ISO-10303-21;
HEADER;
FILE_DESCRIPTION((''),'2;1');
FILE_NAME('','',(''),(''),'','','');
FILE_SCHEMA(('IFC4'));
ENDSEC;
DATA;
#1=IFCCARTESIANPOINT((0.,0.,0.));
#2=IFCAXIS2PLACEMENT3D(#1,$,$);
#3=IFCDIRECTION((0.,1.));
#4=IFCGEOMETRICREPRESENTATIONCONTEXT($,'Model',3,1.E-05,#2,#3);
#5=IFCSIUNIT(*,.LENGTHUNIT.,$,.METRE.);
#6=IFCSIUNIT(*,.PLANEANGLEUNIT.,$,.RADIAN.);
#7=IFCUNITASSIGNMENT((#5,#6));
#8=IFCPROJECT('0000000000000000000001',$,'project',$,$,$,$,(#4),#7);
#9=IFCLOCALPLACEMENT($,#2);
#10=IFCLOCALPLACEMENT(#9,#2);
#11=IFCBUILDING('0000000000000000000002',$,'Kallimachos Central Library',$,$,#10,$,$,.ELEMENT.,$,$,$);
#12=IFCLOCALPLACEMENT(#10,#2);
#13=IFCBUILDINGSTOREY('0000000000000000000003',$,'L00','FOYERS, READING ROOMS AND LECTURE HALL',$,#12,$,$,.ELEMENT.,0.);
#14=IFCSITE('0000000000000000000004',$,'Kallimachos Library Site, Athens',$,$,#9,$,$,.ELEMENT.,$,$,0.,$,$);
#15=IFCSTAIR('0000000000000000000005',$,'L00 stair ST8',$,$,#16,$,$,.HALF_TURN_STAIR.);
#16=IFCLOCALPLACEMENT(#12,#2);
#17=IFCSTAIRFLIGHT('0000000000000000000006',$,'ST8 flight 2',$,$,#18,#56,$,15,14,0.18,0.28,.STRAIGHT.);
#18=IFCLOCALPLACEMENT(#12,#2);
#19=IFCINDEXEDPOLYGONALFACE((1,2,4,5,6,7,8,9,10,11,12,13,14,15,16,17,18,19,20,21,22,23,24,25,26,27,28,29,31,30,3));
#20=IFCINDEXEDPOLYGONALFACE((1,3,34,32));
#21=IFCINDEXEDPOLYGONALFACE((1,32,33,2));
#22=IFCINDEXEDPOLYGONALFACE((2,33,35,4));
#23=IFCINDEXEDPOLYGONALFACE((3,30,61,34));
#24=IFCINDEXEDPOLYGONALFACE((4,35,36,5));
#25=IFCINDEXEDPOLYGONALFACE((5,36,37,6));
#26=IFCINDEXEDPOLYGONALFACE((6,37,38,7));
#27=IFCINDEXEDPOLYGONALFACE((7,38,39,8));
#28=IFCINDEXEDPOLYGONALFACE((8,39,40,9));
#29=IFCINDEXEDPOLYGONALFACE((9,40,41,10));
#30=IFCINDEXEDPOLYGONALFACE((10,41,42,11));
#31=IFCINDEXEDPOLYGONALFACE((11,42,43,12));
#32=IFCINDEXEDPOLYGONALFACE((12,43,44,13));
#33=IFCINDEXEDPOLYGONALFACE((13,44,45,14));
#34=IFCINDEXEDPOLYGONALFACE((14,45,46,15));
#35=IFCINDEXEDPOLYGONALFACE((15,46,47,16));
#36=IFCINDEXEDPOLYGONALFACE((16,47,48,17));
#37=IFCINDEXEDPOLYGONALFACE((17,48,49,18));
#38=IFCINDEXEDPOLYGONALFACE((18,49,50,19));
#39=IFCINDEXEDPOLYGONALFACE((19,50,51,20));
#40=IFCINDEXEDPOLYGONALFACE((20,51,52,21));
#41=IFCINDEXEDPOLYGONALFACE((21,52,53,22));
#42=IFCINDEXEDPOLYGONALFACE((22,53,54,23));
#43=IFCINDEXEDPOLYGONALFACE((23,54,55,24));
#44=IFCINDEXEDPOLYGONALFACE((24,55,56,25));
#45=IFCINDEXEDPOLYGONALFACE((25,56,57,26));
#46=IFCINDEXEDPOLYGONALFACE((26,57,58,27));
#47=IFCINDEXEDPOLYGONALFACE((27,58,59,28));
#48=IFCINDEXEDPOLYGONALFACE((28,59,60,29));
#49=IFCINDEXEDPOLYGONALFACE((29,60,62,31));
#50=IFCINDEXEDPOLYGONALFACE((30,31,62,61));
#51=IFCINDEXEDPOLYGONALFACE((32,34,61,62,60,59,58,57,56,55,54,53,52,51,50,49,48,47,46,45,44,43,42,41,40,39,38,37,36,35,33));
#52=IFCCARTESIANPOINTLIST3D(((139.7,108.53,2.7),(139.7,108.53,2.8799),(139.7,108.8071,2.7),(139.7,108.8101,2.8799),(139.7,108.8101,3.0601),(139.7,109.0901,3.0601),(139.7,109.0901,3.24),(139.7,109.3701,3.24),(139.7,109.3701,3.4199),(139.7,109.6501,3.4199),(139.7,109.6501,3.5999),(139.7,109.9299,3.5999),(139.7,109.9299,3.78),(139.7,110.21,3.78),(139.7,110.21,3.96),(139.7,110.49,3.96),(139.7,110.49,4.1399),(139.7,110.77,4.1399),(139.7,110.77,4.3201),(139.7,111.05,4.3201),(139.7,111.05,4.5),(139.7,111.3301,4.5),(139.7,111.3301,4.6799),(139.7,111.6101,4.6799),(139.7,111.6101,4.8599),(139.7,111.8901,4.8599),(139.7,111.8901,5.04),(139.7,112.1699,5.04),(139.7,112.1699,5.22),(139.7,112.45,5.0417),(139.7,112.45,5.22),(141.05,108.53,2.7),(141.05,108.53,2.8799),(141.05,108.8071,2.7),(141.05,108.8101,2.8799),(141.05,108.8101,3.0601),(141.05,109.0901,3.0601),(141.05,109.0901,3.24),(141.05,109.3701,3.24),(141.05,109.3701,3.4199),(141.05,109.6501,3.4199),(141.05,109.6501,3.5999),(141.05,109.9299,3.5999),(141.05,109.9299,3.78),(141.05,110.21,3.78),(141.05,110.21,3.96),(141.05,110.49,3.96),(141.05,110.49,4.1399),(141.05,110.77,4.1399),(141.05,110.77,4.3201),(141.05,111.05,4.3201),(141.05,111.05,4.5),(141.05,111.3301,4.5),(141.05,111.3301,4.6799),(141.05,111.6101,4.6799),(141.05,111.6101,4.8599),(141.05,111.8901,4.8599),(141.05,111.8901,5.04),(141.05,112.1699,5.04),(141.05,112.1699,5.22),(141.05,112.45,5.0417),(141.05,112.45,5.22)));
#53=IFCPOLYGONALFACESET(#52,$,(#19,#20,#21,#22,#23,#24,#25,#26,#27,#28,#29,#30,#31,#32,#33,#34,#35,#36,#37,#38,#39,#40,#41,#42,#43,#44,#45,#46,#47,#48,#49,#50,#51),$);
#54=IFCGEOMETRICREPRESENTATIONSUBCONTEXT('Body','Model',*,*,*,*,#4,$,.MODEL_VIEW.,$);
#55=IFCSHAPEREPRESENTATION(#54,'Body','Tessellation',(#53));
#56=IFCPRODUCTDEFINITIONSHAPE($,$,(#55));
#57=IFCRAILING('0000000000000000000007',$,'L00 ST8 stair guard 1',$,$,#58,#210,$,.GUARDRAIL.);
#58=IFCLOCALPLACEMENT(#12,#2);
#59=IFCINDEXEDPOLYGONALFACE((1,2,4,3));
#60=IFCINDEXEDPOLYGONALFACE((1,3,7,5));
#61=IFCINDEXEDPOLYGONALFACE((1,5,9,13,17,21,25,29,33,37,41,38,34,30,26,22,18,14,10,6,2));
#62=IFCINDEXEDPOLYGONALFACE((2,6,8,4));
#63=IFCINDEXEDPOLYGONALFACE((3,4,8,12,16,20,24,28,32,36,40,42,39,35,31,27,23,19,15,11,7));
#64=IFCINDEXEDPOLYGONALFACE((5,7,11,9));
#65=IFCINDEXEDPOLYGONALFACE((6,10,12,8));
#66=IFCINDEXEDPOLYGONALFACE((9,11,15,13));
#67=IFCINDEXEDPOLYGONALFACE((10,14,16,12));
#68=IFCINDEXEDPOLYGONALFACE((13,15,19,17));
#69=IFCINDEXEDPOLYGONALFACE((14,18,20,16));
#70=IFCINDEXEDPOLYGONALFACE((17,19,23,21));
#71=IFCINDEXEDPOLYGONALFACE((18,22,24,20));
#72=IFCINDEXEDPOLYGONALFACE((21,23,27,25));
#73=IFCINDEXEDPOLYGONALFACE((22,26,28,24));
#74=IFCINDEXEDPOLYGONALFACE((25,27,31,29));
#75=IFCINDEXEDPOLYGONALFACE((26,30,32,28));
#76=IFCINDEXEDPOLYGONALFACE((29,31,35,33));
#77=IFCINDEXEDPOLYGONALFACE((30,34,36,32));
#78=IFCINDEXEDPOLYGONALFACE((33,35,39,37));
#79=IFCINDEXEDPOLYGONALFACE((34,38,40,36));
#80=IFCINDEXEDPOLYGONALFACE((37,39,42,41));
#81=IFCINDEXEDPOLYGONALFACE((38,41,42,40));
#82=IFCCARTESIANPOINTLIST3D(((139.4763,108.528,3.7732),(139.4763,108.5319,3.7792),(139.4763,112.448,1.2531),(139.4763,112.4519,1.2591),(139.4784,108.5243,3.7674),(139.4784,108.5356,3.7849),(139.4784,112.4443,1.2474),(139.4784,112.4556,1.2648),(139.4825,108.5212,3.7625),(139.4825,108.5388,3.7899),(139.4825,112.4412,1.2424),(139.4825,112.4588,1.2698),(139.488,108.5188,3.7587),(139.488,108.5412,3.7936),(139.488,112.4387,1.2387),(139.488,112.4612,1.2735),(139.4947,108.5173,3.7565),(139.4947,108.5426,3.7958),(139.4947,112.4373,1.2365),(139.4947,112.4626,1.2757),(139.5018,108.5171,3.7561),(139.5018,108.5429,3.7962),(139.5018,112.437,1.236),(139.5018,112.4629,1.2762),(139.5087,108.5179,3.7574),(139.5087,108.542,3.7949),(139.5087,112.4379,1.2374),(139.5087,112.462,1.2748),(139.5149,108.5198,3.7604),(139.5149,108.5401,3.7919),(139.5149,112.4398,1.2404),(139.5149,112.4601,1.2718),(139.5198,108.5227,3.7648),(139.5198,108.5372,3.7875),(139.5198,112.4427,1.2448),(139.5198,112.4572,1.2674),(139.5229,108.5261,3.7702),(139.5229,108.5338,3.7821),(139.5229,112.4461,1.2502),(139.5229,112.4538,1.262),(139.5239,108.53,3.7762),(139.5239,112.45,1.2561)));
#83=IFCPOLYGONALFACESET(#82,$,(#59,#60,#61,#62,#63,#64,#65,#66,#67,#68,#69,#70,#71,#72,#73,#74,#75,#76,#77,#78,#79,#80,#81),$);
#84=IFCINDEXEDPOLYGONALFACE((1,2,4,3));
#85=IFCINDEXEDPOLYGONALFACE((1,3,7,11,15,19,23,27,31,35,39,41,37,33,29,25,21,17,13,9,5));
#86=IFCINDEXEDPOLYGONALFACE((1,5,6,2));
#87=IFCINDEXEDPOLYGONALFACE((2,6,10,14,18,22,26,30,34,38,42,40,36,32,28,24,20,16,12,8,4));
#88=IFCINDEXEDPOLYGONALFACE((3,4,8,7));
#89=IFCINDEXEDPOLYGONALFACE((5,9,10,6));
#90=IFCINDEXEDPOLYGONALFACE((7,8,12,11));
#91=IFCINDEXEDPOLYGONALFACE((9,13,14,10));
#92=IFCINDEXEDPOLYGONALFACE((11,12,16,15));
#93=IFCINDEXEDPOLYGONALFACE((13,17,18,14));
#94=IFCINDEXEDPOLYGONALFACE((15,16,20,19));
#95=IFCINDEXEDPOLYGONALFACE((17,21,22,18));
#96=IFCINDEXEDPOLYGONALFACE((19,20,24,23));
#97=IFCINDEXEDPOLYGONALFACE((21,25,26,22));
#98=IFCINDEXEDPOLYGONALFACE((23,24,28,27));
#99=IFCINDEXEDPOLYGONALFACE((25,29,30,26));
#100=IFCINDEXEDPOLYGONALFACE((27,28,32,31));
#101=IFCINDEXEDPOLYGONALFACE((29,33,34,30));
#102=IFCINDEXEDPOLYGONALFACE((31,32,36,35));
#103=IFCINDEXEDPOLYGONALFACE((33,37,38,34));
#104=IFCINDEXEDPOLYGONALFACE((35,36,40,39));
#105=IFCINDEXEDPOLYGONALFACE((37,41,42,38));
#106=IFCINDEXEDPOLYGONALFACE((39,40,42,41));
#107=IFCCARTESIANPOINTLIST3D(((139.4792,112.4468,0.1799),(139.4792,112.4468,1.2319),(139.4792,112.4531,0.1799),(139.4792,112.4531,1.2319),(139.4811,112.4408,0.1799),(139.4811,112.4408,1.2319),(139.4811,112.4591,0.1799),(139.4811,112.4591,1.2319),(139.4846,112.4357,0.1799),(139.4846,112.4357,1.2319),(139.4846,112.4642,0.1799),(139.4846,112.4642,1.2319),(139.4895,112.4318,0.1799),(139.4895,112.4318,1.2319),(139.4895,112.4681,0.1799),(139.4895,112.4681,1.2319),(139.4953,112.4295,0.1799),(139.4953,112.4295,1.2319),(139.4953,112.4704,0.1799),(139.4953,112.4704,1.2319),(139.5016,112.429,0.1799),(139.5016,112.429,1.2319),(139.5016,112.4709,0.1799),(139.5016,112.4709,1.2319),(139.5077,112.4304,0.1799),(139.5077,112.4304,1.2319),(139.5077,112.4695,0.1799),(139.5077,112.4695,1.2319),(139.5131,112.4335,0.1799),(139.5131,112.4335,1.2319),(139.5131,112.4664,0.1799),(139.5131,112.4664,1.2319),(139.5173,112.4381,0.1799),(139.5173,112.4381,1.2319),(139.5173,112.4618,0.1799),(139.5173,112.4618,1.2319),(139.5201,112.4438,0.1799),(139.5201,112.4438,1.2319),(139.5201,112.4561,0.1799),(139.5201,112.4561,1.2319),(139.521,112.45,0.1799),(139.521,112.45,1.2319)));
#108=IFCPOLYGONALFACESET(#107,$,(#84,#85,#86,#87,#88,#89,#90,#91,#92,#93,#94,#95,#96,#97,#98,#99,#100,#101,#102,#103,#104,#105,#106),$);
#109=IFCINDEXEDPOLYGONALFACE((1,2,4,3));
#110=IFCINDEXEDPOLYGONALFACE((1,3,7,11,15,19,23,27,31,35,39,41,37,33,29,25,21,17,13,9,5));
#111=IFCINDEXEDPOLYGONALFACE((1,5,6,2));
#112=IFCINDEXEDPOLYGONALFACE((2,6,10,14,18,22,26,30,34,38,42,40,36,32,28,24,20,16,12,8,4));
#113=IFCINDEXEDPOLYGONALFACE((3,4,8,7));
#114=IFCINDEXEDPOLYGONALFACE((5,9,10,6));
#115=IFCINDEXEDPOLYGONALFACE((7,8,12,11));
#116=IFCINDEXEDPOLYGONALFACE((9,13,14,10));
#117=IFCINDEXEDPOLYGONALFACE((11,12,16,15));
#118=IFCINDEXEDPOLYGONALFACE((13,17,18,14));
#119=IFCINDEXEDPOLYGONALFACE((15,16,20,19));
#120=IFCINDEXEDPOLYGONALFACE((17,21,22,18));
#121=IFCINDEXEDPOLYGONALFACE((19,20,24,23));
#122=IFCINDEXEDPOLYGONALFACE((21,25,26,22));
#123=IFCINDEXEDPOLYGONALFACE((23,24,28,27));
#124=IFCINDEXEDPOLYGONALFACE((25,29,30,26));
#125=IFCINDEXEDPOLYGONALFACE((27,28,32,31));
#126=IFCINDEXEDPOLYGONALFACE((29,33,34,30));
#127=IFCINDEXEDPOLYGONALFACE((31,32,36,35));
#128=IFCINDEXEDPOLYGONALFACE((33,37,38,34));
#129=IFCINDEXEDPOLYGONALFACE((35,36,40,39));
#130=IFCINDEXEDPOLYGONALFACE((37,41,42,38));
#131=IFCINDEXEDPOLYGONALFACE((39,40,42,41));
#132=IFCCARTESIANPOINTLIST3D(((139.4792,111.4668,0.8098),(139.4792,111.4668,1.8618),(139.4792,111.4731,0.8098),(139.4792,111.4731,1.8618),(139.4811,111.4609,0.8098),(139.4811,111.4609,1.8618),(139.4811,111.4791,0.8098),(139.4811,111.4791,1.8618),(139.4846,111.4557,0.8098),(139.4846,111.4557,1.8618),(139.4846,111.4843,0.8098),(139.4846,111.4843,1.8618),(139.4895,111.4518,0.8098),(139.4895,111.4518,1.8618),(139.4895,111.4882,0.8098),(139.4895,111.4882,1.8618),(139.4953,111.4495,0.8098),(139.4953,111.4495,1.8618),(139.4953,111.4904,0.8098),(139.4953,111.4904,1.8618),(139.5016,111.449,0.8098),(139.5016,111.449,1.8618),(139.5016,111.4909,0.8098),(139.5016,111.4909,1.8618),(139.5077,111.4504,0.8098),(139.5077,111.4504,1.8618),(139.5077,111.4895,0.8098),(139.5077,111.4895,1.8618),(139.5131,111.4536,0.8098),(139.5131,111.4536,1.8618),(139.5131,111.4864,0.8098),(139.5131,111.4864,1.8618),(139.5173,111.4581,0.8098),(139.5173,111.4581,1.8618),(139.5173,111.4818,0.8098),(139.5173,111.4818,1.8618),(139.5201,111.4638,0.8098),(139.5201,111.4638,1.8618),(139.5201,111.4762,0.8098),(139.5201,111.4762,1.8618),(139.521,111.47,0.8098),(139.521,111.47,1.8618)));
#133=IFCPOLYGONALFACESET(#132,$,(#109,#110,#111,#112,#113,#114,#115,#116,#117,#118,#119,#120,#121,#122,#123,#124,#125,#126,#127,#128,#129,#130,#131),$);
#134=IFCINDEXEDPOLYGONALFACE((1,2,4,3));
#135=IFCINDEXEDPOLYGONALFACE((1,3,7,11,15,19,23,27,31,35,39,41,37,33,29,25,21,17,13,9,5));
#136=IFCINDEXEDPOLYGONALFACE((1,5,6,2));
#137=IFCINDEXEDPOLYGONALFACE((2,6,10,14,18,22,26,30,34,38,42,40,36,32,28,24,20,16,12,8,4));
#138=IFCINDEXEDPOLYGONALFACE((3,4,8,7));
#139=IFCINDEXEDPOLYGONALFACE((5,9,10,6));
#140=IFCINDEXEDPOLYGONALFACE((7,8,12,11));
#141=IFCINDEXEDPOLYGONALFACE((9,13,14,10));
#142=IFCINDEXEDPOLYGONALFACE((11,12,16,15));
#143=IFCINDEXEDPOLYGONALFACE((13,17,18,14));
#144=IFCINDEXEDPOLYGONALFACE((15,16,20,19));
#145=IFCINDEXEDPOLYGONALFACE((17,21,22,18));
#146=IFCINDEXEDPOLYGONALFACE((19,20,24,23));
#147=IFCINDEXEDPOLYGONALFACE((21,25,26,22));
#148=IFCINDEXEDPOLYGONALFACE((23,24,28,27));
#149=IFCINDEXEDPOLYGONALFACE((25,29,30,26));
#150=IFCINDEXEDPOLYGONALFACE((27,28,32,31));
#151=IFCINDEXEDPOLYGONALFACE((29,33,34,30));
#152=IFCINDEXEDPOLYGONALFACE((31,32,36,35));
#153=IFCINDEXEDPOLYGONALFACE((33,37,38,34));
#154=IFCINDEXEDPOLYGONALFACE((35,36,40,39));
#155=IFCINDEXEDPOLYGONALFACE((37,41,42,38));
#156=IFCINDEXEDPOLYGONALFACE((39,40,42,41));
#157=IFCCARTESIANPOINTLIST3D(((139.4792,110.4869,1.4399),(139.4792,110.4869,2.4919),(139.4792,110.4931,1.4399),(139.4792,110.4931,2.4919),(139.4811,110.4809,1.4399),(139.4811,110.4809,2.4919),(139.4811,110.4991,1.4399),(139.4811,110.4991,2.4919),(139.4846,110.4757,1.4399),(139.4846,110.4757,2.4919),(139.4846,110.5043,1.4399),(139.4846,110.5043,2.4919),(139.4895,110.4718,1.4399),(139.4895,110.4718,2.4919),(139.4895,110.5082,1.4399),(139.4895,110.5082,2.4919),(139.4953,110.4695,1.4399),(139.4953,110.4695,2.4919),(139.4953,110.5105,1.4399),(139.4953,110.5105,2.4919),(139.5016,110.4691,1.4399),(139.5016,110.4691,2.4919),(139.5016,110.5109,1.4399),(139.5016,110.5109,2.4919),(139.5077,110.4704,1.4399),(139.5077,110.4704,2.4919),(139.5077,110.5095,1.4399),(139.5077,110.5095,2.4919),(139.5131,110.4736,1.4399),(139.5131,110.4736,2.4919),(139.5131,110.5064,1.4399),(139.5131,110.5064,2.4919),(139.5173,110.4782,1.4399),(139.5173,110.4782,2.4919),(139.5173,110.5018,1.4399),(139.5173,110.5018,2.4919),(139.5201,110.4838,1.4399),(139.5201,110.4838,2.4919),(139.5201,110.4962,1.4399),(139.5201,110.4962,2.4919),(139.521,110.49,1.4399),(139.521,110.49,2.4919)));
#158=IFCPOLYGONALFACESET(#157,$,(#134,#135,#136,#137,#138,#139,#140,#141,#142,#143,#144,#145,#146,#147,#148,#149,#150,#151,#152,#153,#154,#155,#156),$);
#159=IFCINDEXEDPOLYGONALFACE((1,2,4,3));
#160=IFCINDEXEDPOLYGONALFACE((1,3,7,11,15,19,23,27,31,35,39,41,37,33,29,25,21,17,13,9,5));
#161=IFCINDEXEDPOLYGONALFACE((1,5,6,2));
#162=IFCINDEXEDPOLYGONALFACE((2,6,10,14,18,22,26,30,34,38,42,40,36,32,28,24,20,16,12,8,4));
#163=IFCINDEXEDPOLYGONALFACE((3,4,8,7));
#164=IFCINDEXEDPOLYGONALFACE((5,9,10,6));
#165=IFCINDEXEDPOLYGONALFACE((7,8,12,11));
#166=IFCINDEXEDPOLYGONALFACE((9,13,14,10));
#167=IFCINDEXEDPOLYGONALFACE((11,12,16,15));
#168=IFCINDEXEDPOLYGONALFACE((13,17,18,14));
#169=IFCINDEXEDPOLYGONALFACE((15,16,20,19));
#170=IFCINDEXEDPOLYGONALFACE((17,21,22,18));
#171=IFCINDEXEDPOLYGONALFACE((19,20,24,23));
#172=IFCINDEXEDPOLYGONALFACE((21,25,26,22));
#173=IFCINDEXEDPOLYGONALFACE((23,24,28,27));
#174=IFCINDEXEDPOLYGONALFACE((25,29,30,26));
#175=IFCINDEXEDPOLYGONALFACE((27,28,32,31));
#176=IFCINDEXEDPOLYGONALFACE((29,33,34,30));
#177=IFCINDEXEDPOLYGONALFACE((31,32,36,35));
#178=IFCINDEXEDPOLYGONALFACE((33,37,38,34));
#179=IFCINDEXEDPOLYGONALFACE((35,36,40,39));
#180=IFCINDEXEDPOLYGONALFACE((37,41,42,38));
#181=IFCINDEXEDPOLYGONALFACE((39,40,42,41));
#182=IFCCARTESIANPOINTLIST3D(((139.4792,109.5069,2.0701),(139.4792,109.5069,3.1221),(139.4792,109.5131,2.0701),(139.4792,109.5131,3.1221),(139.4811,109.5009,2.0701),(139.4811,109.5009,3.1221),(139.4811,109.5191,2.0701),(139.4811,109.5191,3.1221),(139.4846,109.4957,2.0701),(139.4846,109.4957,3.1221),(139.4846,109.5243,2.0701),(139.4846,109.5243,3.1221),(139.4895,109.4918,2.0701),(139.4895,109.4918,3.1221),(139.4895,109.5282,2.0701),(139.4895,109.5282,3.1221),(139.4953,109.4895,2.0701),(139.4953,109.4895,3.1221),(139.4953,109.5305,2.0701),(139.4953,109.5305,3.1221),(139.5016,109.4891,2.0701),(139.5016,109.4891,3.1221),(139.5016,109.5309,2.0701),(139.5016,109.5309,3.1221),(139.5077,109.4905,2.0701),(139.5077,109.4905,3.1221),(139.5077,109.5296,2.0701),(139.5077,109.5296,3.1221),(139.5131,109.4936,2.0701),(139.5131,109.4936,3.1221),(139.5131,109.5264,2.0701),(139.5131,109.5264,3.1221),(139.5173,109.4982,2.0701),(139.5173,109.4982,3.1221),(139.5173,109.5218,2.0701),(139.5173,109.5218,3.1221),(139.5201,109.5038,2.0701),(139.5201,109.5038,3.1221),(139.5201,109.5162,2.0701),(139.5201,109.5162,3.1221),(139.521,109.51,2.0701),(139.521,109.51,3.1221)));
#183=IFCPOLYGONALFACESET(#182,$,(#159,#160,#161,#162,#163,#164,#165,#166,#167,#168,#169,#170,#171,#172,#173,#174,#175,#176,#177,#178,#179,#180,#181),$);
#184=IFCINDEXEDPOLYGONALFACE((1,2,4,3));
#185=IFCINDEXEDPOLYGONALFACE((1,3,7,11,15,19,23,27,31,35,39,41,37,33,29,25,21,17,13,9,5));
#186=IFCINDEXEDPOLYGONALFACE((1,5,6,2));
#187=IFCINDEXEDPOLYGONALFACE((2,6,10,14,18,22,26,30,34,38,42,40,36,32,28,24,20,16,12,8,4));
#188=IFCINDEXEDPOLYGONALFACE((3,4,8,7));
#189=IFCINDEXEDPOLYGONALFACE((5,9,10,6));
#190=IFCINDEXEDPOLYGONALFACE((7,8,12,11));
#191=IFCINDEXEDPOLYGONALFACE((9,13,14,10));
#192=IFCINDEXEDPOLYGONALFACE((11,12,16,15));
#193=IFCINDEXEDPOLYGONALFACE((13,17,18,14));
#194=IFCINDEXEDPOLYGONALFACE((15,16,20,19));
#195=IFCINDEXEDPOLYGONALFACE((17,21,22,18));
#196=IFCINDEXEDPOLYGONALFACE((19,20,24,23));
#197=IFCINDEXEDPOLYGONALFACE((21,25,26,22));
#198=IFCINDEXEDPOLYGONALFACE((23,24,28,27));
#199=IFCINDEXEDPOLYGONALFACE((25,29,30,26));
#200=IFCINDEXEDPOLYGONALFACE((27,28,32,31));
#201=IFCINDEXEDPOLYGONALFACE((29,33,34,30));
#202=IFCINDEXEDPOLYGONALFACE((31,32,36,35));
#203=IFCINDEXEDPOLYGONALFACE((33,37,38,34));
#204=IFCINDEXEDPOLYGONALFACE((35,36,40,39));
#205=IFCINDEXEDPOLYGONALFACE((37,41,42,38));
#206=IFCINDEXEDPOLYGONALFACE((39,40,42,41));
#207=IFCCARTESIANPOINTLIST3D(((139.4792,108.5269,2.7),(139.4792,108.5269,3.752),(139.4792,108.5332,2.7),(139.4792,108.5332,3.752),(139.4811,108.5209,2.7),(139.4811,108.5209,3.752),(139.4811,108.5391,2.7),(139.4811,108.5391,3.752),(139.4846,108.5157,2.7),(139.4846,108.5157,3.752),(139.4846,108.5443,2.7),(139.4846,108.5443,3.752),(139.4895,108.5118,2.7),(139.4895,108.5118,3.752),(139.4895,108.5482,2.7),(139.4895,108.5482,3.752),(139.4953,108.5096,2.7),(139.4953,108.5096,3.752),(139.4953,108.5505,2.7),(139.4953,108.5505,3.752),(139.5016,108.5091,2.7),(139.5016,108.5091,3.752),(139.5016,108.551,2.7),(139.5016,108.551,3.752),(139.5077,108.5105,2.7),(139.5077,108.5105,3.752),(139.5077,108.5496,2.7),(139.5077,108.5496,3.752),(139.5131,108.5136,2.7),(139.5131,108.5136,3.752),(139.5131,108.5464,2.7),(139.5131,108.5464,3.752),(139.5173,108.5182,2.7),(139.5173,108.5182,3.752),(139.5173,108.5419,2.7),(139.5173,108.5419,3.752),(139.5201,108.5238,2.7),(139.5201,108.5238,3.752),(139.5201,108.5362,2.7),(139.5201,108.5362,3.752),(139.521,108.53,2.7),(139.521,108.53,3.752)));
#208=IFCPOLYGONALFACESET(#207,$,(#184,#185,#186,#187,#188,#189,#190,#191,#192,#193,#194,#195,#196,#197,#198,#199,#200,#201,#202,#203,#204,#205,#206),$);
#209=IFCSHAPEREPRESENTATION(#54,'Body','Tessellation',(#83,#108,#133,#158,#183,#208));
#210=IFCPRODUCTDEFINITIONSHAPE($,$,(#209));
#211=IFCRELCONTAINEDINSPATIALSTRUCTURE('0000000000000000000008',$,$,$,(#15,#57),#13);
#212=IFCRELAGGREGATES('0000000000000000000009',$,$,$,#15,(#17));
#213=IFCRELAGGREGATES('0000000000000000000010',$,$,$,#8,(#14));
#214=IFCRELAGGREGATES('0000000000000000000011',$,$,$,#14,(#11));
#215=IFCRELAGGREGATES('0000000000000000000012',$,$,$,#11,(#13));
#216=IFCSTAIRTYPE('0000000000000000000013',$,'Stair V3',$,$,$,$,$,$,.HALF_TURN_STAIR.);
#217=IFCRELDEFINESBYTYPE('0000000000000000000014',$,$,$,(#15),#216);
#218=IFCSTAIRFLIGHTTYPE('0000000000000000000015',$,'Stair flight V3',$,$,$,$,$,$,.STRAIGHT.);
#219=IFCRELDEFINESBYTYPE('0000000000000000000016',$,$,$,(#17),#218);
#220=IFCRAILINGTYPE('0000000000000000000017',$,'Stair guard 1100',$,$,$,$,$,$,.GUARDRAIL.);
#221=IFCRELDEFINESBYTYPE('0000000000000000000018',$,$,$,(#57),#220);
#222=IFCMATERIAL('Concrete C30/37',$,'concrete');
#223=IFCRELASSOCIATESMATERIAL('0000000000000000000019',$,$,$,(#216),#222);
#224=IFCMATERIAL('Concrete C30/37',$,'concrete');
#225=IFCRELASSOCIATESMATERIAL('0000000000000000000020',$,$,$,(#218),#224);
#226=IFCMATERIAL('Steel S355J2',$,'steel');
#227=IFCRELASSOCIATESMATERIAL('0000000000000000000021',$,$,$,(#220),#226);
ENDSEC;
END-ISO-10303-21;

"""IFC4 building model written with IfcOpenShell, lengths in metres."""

from ifc_helpers import new_model, si_unit, direction, frame, origin, origin_2d, place, context, subcontext, project, spatial, polyline, circle, outline, extrude, material, type_object, element, aggregate, save


model = new_model("IFC4")

# Units and contexts
model_context = context("Model", 3, precision=1e-05, world=origin(), true_north=direction((0.0, 1.0)))
body_context = subcontext(model_context, "Body", "Model", "MODEL_VIEW")
ifc_project = project(units=[si_unit("LENGTHUNIT", "METRE"), si_unit("PLANEANGLEUNIT", "RADIAN")], contexts=[model_context])

# Site, building, storey
site_placement = place(None, origin())
site = spatial("IfcSite", under=ifc_project, at=site_placement, Name="Kallimachos Library Site, Athens", CompositionType="ELEMENT", RefElevation=0.0)
building_placement = place(site_placement, origin())
building = spatial("IfcBuilding", under=site, at=building_placement, Name="Kallimachos Central Library", CompositionType="ELEMENT")
storey_placement = place(building_placement, origin())
storey = spatial("IfcBuildingStorey", under=building, at=storey_placement, Name="L00", Description="FOYERS, READING ROOMS AND LECTURE HALL", CompositionType="ELEMENT", Elevation=0.0)

# Stair, stair flight
ifc_material_1 = material(Name="Concrete C30/37", Category="concrete")
stair_type = type_object("IfcStairType", Name="Stair V3", PredefinedType="HALF_TURN_STAIR", material=ifc_material_1)
stair_placement = place(storey_placement, origin())
stair = element("IfcStair", 1, at=stair_placement, inside=storey, type_object=stair_type, Name="L00 stair ST8", PredefinedType="HALF_TURN_STAIR")
ifc_material_2 = material(Name="Concrete C30/37", Category="concrete")
stair_flight_type = type_object("IfcStairFlightType", Name="Stair flight V3", PredefinedType="STRAIGHT", material=ifc_material_2)
stair_flight_1_placement = place(storey_placement, frame((140.375, 108.53, 2.7), z_axis=(0.0, 0.0, 1.0), x_axis=(0.0, 1.0, 0.0)))
stair_flight_1 = element("IfcStairFlight", 2, at=stair_flight_1_placement, type_object=stair_flight_type, Name="ST8 flight 2", NumberOfRisers=15, NumberOfTreads=14, PredefinedType="STRAIGHT", RiserHeight=0.18, TreadLength=0.28, context=body_context, shape_type="SweptSolid", body=[
    extrude(outline(polyline([(0.0, 0.0), (0.0, 0.1799), (0.28, 0.1799), (0.28, 0.3601), (0.5601, 0.3601), (0.5601, 0.54), (0.8401, 0.54), (0.8401, 0.72), (1.1201, 0.72), (1.1201, 0.8999), (1.3999, 0.8999), (1.3999, 1.0801), (1.6799, 1.0801), (1.6799, 1.26), (1.96, 1.26), (1.96, 1.4399), (2.24, 1.4399), (2.24, 1.6201), (2.52, 1.6201), (2.52, 1.8), (2.8, 1.8), (2.8, 1.98), (3.0801, 1.98), (3.0801, 2.1599), (3.3601, 2.1599), (3.3601, 2.3401), (3.6399, 2.3401), (3.6399, 2.52), (3.9199, 2.52), (3.9199, 2.7), (3.9199, 2.3418), (0.2771, 0.0), (0.0, 0.0)])), frame((0.0, 0.675, 0.0), z_axis=(0.0, -1.0, 0.0), x_axis=(1.0, 0.0, 0.0)), (0.0, 0.0, 1.0), 1.3501),
])
aggregate(stair, [stair_flight_1])

# Railing
ifc_material_3 = material(Name="Steel S355J2", Category="steel")
railing_type_1 = type_object("IfcRailingType", Name="Stair guard 1100", PredefinedType="GUARDRAIL", material=ifc_material_3)
railing_1_placement = place(storey_placement, frame((139.5, 112.45, 0.1799)))
element("IfcRailing", 3, at=railing_1_placement, inside=storey, type_object=railing_type_1, Name="L00 ST8 stair guard 1", PredefinedType="GUARDRAIL", context=body_context, shape_type="SweptSolid", body=[
    extrude(circle(Radius=0.0239, at=origin_2d()), frame((0.0, 0.0, 1.0762), z_axis=(0.0, -0.841172, 0.540768), x_axis=(1.0, 0.0, 0.0)), (0.0, 0.0, 1.0), 4.6602),
    extrude(circle(Radius=0.021, at=origin_2d()), origin(), (0.0, 0.0, 1.0), 1.052),
    extrude(circle(Radius=0.021, at=origin_2d()), frame((0.0, -0.98, 0.6299)), (0.0, 0.0, 1.0), 1.052),
    extrude(circle(Radius=0.021, at=origin_2d()), frame((0.0, -1.96, 1.26)), (0.0, 0.0, 1.0), 1.052),
    extrude(circle(Radius=0.021, at=origin_2d()), frame((0.0, -2.9399, 1.8901)), (0.0, 0.0, 1.0), 1.052),
    extrude(circle(Radius=0.021, at=origin_2d()), frame((0.0, -3.9199, 2.52)), (0.0, 0.0, 1.0), 1.052),
])

save(model, "model.ifc")
